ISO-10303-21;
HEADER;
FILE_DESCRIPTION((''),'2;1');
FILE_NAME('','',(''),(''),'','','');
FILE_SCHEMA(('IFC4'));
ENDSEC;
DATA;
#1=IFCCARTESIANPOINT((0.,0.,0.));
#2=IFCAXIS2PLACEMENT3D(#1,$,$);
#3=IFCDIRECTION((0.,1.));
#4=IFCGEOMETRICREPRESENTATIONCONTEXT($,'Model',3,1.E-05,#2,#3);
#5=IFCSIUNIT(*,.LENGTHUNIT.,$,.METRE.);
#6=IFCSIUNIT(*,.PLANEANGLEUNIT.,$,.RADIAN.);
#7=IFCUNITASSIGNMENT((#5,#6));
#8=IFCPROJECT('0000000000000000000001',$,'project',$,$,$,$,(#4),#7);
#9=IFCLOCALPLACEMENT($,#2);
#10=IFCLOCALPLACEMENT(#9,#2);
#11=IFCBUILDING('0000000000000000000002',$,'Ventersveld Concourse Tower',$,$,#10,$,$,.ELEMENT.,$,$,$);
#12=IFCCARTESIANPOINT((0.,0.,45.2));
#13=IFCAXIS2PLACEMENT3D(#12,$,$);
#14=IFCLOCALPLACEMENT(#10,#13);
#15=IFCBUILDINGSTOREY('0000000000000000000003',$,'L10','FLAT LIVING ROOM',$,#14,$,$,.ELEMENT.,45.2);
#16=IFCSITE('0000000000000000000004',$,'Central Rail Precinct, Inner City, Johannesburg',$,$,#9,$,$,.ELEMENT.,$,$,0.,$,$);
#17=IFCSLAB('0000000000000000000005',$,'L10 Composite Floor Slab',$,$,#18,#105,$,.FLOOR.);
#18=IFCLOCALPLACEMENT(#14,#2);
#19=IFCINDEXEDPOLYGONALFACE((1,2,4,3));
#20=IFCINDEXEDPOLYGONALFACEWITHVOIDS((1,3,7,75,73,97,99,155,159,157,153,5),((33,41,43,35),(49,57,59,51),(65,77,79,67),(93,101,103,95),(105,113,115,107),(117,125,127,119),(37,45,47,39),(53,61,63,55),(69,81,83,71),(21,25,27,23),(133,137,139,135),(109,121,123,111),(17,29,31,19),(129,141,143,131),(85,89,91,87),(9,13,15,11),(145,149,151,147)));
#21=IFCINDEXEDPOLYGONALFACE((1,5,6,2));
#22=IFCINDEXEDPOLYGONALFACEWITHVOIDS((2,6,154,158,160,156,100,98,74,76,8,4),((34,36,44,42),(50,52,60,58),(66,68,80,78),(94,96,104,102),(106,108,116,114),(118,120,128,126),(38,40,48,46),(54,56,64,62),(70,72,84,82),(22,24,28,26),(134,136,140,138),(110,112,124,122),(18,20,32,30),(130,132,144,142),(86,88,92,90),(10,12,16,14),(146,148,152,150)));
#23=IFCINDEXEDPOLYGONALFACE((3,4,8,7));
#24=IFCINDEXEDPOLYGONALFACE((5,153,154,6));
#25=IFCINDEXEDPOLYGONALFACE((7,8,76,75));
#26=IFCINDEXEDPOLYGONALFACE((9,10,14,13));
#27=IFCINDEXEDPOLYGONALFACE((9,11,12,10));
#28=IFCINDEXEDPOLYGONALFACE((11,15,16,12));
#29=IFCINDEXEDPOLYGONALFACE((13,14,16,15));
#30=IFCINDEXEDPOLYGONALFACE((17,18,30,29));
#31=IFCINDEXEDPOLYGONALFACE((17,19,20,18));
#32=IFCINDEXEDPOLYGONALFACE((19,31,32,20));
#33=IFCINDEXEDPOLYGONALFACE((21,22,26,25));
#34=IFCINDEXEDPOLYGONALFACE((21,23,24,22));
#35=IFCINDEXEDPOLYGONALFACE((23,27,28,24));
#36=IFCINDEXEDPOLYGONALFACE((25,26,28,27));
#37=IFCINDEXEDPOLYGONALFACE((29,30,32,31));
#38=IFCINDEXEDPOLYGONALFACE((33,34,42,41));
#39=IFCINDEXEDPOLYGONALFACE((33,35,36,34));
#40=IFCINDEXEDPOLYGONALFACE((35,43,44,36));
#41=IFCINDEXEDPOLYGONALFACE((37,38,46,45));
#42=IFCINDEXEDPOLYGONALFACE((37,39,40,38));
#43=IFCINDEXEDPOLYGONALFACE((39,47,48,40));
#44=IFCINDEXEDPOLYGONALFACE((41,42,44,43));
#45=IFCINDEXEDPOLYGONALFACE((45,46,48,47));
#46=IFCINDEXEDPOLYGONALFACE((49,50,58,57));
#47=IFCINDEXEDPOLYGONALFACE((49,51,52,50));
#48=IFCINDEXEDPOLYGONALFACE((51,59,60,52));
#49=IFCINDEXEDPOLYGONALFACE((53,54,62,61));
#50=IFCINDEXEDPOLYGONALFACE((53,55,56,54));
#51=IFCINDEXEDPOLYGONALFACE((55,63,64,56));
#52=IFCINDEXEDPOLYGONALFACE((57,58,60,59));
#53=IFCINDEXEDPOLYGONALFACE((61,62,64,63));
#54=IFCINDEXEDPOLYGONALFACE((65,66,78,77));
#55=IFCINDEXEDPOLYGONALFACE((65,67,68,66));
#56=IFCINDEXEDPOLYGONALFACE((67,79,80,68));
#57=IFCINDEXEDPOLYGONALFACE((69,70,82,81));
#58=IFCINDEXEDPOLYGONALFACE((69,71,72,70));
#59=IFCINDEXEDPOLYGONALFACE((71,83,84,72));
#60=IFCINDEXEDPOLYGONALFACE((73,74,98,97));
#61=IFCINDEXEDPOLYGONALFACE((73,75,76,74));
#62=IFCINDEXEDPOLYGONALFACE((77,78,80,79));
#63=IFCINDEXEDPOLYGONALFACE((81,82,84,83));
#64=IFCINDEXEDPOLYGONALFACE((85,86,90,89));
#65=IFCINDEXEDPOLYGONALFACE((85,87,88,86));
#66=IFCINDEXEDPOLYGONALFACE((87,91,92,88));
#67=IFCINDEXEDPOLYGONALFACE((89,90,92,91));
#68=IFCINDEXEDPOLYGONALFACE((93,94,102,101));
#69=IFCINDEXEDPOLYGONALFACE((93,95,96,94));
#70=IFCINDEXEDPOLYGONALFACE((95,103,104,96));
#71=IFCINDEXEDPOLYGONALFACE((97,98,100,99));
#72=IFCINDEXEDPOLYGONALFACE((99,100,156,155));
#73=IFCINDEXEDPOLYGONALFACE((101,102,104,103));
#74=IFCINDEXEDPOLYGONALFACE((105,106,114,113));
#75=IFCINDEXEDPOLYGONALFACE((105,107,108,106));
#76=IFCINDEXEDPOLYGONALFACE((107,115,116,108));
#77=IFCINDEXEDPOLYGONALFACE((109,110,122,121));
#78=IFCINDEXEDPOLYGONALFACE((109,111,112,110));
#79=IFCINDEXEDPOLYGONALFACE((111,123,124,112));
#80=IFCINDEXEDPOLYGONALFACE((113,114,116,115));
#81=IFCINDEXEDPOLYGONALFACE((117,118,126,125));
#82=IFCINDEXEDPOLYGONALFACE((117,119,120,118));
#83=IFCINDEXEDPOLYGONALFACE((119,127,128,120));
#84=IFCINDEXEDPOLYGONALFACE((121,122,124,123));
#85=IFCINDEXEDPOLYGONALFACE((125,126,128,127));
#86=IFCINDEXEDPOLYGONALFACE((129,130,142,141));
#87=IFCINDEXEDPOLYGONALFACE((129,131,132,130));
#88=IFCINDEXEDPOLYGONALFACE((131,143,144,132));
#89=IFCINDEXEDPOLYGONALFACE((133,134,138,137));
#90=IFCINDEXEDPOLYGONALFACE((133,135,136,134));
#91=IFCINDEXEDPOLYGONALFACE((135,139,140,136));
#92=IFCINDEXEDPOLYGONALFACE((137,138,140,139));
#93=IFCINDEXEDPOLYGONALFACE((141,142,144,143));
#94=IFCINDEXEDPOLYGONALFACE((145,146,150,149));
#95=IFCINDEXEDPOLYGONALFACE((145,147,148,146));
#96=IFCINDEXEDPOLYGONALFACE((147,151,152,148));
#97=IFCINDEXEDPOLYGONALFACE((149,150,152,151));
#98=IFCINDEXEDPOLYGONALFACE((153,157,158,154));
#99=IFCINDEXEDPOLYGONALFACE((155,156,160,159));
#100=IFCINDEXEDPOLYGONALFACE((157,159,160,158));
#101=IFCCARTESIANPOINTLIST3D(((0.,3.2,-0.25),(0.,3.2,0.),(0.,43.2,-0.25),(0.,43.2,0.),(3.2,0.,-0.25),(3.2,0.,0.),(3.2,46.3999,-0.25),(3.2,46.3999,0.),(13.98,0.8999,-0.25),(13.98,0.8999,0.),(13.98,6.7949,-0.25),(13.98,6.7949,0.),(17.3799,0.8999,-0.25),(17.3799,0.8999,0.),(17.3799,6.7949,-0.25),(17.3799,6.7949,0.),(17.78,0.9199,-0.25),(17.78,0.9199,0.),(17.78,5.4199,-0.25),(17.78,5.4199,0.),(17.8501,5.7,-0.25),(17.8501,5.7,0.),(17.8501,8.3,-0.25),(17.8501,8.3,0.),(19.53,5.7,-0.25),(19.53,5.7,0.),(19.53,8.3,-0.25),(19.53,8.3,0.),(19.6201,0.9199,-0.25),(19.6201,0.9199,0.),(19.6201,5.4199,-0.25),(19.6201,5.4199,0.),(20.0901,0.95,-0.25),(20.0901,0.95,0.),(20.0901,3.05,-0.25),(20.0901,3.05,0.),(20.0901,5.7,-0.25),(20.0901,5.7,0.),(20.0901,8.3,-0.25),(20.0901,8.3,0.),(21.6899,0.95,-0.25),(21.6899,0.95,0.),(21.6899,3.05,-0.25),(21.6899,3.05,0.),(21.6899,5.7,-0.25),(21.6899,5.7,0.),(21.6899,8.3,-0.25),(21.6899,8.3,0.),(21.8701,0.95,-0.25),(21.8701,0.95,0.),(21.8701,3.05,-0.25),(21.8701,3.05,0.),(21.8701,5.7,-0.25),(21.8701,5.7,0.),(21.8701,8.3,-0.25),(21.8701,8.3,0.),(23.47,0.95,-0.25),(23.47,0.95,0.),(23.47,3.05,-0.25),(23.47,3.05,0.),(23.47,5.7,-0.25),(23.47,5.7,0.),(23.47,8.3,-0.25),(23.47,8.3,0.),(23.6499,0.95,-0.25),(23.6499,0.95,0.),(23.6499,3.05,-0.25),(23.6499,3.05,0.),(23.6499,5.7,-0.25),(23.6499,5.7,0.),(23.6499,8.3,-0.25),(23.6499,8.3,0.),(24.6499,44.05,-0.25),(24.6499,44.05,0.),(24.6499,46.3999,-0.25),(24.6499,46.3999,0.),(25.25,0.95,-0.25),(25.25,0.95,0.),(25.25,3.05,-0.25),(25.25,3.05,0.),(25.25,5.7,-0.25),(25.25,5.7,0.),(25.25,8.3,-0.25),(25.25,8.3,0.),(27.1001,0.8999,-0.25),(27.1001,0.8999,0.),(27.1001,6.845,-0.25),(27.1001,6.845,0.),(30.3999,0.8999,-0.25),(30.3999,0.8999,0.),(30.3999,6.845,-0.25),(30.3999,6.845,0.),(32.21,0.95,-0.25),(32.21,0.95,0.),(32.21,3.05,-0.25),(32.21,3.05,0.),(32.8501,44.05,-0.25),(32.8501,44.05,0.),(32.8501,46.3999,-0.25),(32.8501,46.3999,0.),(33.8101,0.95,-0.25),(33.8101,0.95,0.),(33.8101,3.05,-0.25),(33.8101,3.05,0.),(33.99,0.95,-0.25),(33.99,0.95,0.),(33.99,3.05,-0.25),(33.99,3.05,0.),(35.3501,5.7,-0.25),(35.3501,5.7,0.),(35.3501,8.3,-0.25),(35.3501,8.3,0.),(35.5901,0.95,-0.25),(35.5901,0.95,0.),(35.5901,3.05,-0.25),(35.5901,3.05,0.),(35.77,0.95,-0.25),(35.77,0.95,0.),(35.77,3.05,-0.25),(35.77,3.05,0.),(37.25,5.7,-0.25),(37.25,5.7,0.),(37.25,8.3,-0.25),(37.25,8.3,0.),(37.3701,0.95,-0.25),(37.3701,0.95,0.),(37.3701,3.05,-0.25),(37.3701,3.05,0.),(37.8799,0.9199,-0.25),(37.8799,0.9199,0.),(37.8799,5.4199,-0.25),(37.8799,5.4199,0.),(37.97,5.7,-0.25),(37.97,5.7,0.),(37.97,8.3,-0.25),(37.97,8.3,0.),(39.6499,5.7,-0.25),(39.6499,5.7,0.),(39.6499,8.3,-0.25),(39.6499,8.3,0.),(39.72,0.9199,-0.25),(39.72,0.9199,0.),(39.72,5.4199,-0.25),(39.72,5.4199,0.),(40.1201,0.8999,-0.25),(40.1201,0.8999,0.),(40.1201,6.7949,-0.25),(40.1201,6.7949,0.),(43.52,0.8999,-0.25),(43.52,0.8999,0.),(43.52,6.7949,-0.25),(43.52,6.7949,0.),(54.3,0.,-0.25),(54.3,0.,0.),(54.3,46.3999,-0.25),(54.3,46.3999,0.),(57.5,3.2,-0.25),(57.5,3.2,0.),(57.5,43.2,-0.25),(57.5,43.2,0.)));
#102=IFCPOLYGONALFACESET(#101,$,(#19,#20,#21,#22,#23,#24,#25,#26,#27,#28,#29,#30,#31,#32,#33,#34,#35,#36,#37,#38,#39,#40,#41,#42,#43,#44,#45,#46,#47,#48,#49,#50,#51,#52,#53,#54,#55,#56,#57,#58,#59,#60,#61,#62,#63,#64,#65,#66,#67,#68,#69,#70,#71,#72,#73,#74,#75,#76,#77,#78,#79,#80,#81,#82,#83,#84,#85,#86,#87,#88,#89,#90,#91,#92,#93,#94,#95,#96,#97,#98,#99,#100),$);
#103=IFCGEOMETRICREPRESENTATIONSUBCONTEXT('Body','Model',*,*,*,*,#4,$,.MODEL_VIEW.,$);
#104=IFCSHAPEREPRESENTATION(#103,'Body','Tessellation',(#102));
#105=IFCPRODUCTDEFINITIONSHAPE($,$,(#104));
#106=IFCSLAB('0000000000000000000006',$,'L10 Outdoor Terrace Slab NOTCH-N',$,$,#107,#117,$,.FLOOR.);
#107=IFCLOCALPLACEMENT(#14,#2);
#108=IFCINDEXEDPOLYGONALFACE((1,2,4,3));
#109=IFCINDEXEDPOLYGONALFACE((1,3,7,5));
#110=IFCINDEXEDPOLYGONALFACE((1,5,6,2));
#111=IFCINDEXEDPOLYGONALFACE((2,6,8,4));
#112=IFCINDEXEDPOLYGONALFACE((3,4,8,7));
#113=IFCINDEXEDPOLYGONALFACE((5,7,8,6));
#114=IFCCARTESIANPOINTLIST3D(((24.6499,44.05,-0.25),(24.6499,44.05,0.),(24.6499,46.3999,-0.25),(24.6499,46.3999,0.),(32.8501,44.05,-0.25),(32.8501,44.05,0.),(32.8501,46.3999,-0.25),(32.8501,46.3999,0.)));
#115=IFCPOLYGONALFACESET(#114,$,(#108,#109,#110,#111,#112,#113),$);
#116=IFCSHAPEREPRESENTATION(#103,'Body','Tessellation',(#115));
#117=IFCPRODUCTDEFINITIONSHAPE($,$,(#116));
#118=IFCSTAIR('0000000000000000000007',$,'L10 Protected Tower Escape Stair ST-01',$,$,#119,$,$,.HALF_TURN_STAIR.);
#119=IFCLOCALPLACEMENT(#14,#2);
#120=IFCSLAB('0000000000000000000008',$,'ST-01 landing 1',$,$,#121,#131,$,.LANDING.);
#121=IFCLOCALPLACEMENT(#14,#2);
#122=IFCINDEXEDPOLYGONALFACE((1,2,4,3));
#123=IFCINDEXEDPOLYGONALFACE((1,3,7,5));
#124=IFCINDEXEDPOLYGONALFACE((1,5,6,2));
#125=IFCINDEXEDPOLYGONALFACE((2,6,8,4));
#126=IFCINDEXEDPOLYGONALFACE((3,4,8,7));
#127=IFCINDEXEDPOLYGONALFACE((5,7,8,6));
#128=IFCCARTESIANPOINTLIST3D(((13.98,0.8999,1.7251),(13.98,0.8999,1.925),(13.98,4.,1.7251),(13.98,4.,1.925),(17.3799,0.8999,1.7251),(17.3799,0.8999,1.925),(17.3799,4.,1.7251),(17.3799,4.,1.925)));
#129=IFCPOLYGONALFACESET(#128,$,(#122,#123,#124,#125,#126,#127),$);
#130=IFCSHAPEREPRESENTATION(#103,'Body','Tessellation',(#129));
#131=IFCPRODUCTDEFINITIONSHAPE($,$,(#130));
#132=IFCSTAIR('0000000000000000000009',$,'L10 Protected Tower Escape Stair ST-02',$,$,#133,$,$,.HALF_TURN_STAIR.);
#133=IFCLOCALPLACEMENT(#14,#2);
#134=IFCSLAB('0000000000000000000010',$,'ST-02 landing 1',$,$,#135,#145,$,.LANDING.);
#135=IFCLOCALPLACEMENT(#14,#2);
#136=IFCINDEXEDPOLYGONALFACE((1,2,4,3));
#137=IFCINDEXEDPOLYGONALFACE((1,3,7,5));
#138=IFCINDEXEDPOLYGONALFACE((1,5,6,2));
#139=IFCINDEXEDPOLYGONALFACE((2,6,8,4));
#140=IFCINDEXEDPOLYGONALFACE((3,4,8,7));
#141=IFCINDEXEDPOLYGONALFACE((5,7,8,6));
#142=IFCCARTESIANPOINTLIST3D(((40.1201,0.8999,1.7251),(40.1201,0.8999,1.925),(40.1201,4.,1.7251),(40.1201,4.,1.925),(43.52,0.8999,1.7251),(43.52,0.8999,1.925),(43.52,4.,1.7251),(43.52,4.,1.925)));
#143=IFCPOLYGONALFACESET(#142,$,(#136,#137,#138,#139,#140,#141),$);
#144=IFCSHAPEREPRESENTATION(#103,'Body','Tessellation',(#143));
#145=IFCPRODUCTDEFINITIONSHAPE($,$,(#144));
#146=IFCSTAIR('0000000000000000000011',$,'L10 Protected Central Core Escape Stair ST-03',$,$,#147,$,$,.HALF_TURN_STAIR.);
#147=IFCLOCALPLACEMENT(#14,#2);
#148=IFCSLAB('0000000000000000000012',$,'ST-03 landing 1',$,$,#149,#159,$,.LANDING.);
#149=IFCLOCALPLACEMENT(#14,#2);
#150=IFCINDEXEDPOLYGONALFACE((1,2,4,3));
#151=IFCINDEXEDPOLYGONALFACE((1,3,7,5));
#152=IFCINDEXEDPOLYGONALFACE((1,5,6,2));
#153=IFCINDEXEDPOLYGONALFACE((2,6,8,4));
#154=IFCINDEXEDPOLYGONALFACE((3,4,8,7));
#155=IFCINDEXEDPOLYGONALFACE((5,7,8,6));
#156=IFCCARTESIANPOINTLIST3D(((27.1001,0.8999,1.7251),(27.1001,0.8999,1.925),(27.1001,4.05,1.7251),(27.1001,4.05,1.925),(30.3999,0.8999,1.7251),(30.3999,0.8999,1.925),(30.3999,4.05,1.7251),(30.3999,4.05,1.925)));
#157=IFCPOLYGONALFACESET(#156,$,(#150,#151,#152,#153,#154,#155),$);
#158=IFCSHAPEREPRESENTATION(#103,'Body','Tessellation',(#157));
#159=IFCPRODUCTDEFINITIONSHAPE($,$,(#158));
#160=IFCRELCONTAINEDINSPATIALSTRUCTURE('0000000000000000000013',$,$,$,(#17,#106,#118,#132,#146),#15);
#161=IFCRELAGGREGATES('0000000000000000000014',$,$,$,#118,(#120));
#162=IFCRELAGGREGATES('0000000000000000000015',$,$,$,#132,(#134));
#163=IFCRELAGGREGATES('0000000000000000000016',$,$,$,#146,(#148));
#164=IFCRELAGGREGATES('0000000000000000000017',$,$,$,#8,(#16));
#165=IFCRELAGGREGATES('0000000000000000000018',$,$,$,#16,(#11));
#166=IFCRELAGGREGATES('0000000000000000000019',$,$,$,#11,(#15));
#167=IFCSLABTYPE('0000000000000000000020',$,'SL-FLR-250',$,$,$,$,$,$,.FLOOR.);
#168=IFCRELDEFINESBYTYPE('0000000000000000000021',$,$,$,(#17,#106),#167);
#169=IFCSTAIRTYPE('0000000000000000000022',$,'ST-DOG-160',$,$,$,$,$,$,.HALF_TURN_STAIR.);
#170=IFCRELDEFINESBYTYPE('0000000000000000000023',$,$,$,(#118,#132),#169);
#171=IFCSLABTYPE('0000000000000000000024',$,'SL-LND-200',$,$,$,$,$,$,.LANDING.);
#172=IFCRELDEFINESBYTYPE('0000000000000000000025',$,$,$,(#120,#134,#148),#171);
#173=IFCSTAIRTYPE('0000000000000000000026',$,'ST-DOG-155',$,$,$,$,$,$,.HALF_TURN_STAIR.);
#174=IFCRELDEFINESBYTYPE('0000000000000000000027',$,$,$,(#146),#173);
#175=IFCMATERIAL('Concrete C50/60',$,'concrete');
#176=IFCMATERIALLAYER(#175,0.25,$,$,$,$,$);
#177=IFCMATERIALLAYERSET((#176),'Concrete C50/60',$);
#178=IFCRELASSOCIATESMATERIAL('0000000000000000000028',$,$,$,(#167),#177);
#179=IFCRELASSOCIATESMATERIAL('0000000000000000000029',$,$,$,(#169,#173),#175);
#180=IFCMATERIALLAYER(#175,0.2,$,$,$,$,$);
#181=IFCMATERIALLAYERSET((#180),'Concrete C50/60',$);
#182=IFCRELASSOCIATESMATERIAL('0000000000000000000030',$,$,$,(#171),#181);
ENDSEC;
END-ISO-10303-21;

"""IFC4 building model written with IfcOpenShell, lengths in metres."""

from ifc_helpers import new_model, si_unit, direction, frame, origin, place, context, subcontext, project, spatial, polyline, outline, extrude, material, layer, layer_set, type_object, element, aggregate, save


model = new_model("IFC4")

# Units and contexts
model_context = context("Model", 3, precision=1e-05, world=origin(), true_north=direction((0.0, 1.0)))
body_context = subcontext(model_context, "Body", "Model", "MODEL_VIEW")
ifc_project = project(units=[si_unit("LENGTHUNIT", "METRE"), si_unit("PLANEANGLEUNIT", "RADIAN")], contexts=[model_context])

# Site, building, storey
site_placement = place(None, origin())
site = spatial("IfcSite", under=ifc_project, at=site_placement, Name="Central Rail Precinct, Inner City, Johannesburg", CompositionType="ELEMENT", RefElevation=0.0)
building_placement = place(site_placement, origin())
building = spatial("IfcBuilding", under=site, at=building_placement, Name="Ventersveld Concourse Tower", CompositionType="ELEMENT")
storey_placement = place(building_placement, frame((0.0, 0.0, 45.2)))
storey = spatial("IfcBuildingStorey", under=building, at=storey_placement, Name="L10", Description="FLAT LIVING ROOM", CompositionType="ELEMENT", Elevation=45.2)

# Slabs
ifc_material_1 = material(Name="Concrete C50/60", Category="concrete")
ifc_layer_1 = layer(ifc_material_1, 0.25)
ifc_layer_set_1 = layer_set([ifc_layer_1], Name="Concrete C50/60")
slab_type_1 = type_object("IfcSlabType", Name="SL-FLR-250", PredefinedType="FLOOR", material=ifc_layer_set_1)
slab_1_placement = place(storey_placement, frame((0.0, 0.0, -0.25)))
element("IfcSlab", 1, at=slab_1_placement, inside=storey, type_object=slab_type_1, Name="L10 Composite Floor Slab", PredefinedType="FLOOR", context=body_context, shape_type="SweptSolid", body=[
    extrude(outline(polyline([(3.2, 0.0), (54.3, 0.0), (57.5, 3.2), (57.5, 43.2), (54.3, 46.3999), (32.8501, 46.3999), (32.8501, 44.05), (24.6499, 44.05), (24.6499, 46.3999), (3.2, 46.3999), (0.0, 43.2), (0.0, 3.2), (3.2, 0.0)]), holes=[polyline([(13.98, 6.7949), (13.98, 0.8999), (17.3799, 0.8999), (17.3799, 6.7949), (13.98, 6.7949)]), polyline([(40.1201, 6.7949), (40.1201, 0.8999), (43.52, 0.8999), (43.52, 6.7949), (40.1201, 6.7949)]), polyline([(27.1001, 6.845), (27.1001, 0.8999), (30.3999, 0.8999), (30.3999, 6.845), (27.1001, 6.845)]), polyline([(17.8501, 5.7), (19.53, 5.7), (19.53, 8.3), (17.8501, 8.3), (17.8501, 5.7)]), polyline([(37.97, 5.7), (39.6499, 5.7), (39.6499, 8.3), (37.97, 8.3), (37.97, 5.7)]), polyline([(35.3501, 5.7), (37.25, 5.7), (37.25, 8.3), (35.3501, 8.3), (35.3501, 5.7)]), polyline([(20.0901, 0.95), (21.6899, 0.95), (21.6899, 3.05), (20.0901, 3.05), (20.0901, 0.95)]), polyline([(21.8701, 0.95), (23.47, 0.95), (23.47, 3.05), (21.8701, 3.05), (21.8701, 0.95)]), polyline([(23.6499, 0.95), (25.25, 0.95), (25.25, 3.05), (23.6499, 3.05), (23.6499, 0.95)]), polyline([(32.21, 0.95), (33.8101, 0.95), (33.8101, 3.05), (32.21, 3.05), (32.21, 0.95)]), polyline([(33.99, 0.95), (35.5901, 0.95), (35.5901, 3.05), (33.99, 3.05), (33.99, 0.95)]), polyline([(35.77, 0.95), (37.3701, 0.95), (37.3701, 3.05), (35.77, 3.05), (35.77, 0.95)]), polyline([(20.0901, 5.7), (21.6899, 5.7), (21.6899, 8.3), (20.0901, 8.3), (20.0901, 5.7)]), polyline([(21.8701, 5.7), (23.47, 5.7), (23.47, 8.3), (21.8701, 8.3), (21.8701, 5.7)]), polyline([(23.6499, 5.7), (25.25, 5.7), (25.25, 8.3), (23.6499, 8.3), (23.6499, 5.7)]), polyline([(17.78, 0.9199), (19.6201, 0.9199), (19.6201, 5.4199), (17.78, 5.4199), (17.78, 0.9199)]), polyline([(37.8799, 0.9199), (39.72, 0.9199), (39.72, 5.4199), (37.8799, 5.4199), (37.8799, 0.9199)])]), origin(), (0.0, 0.0, 1.0), 0.25),
])
slab_2_placement = place(storey_placement, frame((0.0, 0.0, -0.25)))
element("IfcSlab", 2, at=slab_2_placement, inside=storey, type_object=slab_type_1, Name="L10 Outdoor Terrace Slab NOTCH-N", PredefinedType="FLOOR", context=body_context, shape_type="SweptSolid", body=[
    extrude(outline(polyline([(24.6499, 44.05), (32.8501, 44.05), (32.8501, 46.3999), (24.6499, 46.3999), (24.6499, 44.05)])), origin(), (0.0, 0.0, 1.0), 0.25),
])

# Stairs, slabs
stair_type_1 = type_object("IfcStairType", Name="ST-DOG-160", PredefinedType="HALF_TURN_STAIR", material=ifc_material_1)
stair_1_placement = place(storey_placement, origin())
stair_1 = element("IfcStair", 3, at=stair_1_placement, inside=storey, type_object=stair_type_1, Name="L10 Protected Tower Escape Stair ST-01", PredefinedType="HALF_TURN_STAIR")
ifc_layer_2 = layer(ifc_material_1, 0.2)
ifc_layer_set_2 = layer_set([ifc_layer_2], Name="Concrete C50/60")
slab_type_2 = type_object("IfcSlabType", Name="SL-LND-200", PredefinedType="LANDING", material=ifc_layer_set_2)
slab_3_placement = place(storey_placement, frame((0.0, 0.0, 1.7251)))
slab_3 = element("IfcSlab", 4, at=slab_3_placement, type_object=slab_type_2, Name="ST-01 landing 1", PredefinedType="LANDING", context=body_context, shape_type="SweptSolid", body=[
    extrude(outline(polyline([(13.98, 4.0), (13.98, 0.8999), (17.3799, 0.8999), (17.3799, 4.0), (13.98, 4.0)])), origin(), (0.0, 0.0, 1.0), 0.2),
])
aggregate(stair_1, [slab_3])
stair_2_placement = place(storey_placement, origin())
stair_2 = element("IfcStair", 5, at=stair_2_placement, inside=storey, type_object=stair_type_1, Name="L10 Protected Tower Escape Stair ST-02", PredefinedType="HALF_TURN_STAIR")
slab_4_placement = place(storey_placement, frame((0.0, 0.0, 1.7251)))
slab_4 = element("IfcSlab", 6, at=slab_4_placement, type_object=slab_type_2, Name="ST-02 landing 1", PredefinedType="LANDING", context=body_context, shape_type="SweptSolid", body=[
    extrude(outline(polyline([(40.1201, 4.0), (40.1201, 0.8999), (43.52, 0.8999), (43.52, 4.0), (40.1201, 4.0)])), origin(), (0.0, 0.0, 1.0), 0.2),
])
aggregate(stair_2, [slab_4])
stair_type_2 = type_object("IfcStairType", Name="ST-DOG-155", PredefinedType="HALF_TURN_STAIR", material=ifc_material_1)
stair_3_placement = place(storey_placement, origin())
stair_3 = element("IfcStair", 7, at=stair_3_placement, inside=storey, type_object=stair_type_2, Name="L10 Protected Central Core Escape Stair ST-03", PredefinedType="HALF_TURN_STAIR")
slab_5_placement = place(storey_placement, frame((0.0, 0.0, 1.7251)))
slab_5 = element("IfcSlab", 8, at=slab_5_placement, type_object=slab_type_2, Name="ST-03 landing 1", PredefinedType="LANDING", context=body_context, shape_type="SweptSolid", body=[
    extrude(outline(polyline([(27.1001, 4.05), (27.1001, 0.8999), (30.3999, 0.8999), (30.3999, 4.05), (27.1001, 4.05)])), origin(), (0.0, 0.0, 1.0), 0.2),
])
aggregate(stair_3, [slab_5])

save(model, "model.ifc")
